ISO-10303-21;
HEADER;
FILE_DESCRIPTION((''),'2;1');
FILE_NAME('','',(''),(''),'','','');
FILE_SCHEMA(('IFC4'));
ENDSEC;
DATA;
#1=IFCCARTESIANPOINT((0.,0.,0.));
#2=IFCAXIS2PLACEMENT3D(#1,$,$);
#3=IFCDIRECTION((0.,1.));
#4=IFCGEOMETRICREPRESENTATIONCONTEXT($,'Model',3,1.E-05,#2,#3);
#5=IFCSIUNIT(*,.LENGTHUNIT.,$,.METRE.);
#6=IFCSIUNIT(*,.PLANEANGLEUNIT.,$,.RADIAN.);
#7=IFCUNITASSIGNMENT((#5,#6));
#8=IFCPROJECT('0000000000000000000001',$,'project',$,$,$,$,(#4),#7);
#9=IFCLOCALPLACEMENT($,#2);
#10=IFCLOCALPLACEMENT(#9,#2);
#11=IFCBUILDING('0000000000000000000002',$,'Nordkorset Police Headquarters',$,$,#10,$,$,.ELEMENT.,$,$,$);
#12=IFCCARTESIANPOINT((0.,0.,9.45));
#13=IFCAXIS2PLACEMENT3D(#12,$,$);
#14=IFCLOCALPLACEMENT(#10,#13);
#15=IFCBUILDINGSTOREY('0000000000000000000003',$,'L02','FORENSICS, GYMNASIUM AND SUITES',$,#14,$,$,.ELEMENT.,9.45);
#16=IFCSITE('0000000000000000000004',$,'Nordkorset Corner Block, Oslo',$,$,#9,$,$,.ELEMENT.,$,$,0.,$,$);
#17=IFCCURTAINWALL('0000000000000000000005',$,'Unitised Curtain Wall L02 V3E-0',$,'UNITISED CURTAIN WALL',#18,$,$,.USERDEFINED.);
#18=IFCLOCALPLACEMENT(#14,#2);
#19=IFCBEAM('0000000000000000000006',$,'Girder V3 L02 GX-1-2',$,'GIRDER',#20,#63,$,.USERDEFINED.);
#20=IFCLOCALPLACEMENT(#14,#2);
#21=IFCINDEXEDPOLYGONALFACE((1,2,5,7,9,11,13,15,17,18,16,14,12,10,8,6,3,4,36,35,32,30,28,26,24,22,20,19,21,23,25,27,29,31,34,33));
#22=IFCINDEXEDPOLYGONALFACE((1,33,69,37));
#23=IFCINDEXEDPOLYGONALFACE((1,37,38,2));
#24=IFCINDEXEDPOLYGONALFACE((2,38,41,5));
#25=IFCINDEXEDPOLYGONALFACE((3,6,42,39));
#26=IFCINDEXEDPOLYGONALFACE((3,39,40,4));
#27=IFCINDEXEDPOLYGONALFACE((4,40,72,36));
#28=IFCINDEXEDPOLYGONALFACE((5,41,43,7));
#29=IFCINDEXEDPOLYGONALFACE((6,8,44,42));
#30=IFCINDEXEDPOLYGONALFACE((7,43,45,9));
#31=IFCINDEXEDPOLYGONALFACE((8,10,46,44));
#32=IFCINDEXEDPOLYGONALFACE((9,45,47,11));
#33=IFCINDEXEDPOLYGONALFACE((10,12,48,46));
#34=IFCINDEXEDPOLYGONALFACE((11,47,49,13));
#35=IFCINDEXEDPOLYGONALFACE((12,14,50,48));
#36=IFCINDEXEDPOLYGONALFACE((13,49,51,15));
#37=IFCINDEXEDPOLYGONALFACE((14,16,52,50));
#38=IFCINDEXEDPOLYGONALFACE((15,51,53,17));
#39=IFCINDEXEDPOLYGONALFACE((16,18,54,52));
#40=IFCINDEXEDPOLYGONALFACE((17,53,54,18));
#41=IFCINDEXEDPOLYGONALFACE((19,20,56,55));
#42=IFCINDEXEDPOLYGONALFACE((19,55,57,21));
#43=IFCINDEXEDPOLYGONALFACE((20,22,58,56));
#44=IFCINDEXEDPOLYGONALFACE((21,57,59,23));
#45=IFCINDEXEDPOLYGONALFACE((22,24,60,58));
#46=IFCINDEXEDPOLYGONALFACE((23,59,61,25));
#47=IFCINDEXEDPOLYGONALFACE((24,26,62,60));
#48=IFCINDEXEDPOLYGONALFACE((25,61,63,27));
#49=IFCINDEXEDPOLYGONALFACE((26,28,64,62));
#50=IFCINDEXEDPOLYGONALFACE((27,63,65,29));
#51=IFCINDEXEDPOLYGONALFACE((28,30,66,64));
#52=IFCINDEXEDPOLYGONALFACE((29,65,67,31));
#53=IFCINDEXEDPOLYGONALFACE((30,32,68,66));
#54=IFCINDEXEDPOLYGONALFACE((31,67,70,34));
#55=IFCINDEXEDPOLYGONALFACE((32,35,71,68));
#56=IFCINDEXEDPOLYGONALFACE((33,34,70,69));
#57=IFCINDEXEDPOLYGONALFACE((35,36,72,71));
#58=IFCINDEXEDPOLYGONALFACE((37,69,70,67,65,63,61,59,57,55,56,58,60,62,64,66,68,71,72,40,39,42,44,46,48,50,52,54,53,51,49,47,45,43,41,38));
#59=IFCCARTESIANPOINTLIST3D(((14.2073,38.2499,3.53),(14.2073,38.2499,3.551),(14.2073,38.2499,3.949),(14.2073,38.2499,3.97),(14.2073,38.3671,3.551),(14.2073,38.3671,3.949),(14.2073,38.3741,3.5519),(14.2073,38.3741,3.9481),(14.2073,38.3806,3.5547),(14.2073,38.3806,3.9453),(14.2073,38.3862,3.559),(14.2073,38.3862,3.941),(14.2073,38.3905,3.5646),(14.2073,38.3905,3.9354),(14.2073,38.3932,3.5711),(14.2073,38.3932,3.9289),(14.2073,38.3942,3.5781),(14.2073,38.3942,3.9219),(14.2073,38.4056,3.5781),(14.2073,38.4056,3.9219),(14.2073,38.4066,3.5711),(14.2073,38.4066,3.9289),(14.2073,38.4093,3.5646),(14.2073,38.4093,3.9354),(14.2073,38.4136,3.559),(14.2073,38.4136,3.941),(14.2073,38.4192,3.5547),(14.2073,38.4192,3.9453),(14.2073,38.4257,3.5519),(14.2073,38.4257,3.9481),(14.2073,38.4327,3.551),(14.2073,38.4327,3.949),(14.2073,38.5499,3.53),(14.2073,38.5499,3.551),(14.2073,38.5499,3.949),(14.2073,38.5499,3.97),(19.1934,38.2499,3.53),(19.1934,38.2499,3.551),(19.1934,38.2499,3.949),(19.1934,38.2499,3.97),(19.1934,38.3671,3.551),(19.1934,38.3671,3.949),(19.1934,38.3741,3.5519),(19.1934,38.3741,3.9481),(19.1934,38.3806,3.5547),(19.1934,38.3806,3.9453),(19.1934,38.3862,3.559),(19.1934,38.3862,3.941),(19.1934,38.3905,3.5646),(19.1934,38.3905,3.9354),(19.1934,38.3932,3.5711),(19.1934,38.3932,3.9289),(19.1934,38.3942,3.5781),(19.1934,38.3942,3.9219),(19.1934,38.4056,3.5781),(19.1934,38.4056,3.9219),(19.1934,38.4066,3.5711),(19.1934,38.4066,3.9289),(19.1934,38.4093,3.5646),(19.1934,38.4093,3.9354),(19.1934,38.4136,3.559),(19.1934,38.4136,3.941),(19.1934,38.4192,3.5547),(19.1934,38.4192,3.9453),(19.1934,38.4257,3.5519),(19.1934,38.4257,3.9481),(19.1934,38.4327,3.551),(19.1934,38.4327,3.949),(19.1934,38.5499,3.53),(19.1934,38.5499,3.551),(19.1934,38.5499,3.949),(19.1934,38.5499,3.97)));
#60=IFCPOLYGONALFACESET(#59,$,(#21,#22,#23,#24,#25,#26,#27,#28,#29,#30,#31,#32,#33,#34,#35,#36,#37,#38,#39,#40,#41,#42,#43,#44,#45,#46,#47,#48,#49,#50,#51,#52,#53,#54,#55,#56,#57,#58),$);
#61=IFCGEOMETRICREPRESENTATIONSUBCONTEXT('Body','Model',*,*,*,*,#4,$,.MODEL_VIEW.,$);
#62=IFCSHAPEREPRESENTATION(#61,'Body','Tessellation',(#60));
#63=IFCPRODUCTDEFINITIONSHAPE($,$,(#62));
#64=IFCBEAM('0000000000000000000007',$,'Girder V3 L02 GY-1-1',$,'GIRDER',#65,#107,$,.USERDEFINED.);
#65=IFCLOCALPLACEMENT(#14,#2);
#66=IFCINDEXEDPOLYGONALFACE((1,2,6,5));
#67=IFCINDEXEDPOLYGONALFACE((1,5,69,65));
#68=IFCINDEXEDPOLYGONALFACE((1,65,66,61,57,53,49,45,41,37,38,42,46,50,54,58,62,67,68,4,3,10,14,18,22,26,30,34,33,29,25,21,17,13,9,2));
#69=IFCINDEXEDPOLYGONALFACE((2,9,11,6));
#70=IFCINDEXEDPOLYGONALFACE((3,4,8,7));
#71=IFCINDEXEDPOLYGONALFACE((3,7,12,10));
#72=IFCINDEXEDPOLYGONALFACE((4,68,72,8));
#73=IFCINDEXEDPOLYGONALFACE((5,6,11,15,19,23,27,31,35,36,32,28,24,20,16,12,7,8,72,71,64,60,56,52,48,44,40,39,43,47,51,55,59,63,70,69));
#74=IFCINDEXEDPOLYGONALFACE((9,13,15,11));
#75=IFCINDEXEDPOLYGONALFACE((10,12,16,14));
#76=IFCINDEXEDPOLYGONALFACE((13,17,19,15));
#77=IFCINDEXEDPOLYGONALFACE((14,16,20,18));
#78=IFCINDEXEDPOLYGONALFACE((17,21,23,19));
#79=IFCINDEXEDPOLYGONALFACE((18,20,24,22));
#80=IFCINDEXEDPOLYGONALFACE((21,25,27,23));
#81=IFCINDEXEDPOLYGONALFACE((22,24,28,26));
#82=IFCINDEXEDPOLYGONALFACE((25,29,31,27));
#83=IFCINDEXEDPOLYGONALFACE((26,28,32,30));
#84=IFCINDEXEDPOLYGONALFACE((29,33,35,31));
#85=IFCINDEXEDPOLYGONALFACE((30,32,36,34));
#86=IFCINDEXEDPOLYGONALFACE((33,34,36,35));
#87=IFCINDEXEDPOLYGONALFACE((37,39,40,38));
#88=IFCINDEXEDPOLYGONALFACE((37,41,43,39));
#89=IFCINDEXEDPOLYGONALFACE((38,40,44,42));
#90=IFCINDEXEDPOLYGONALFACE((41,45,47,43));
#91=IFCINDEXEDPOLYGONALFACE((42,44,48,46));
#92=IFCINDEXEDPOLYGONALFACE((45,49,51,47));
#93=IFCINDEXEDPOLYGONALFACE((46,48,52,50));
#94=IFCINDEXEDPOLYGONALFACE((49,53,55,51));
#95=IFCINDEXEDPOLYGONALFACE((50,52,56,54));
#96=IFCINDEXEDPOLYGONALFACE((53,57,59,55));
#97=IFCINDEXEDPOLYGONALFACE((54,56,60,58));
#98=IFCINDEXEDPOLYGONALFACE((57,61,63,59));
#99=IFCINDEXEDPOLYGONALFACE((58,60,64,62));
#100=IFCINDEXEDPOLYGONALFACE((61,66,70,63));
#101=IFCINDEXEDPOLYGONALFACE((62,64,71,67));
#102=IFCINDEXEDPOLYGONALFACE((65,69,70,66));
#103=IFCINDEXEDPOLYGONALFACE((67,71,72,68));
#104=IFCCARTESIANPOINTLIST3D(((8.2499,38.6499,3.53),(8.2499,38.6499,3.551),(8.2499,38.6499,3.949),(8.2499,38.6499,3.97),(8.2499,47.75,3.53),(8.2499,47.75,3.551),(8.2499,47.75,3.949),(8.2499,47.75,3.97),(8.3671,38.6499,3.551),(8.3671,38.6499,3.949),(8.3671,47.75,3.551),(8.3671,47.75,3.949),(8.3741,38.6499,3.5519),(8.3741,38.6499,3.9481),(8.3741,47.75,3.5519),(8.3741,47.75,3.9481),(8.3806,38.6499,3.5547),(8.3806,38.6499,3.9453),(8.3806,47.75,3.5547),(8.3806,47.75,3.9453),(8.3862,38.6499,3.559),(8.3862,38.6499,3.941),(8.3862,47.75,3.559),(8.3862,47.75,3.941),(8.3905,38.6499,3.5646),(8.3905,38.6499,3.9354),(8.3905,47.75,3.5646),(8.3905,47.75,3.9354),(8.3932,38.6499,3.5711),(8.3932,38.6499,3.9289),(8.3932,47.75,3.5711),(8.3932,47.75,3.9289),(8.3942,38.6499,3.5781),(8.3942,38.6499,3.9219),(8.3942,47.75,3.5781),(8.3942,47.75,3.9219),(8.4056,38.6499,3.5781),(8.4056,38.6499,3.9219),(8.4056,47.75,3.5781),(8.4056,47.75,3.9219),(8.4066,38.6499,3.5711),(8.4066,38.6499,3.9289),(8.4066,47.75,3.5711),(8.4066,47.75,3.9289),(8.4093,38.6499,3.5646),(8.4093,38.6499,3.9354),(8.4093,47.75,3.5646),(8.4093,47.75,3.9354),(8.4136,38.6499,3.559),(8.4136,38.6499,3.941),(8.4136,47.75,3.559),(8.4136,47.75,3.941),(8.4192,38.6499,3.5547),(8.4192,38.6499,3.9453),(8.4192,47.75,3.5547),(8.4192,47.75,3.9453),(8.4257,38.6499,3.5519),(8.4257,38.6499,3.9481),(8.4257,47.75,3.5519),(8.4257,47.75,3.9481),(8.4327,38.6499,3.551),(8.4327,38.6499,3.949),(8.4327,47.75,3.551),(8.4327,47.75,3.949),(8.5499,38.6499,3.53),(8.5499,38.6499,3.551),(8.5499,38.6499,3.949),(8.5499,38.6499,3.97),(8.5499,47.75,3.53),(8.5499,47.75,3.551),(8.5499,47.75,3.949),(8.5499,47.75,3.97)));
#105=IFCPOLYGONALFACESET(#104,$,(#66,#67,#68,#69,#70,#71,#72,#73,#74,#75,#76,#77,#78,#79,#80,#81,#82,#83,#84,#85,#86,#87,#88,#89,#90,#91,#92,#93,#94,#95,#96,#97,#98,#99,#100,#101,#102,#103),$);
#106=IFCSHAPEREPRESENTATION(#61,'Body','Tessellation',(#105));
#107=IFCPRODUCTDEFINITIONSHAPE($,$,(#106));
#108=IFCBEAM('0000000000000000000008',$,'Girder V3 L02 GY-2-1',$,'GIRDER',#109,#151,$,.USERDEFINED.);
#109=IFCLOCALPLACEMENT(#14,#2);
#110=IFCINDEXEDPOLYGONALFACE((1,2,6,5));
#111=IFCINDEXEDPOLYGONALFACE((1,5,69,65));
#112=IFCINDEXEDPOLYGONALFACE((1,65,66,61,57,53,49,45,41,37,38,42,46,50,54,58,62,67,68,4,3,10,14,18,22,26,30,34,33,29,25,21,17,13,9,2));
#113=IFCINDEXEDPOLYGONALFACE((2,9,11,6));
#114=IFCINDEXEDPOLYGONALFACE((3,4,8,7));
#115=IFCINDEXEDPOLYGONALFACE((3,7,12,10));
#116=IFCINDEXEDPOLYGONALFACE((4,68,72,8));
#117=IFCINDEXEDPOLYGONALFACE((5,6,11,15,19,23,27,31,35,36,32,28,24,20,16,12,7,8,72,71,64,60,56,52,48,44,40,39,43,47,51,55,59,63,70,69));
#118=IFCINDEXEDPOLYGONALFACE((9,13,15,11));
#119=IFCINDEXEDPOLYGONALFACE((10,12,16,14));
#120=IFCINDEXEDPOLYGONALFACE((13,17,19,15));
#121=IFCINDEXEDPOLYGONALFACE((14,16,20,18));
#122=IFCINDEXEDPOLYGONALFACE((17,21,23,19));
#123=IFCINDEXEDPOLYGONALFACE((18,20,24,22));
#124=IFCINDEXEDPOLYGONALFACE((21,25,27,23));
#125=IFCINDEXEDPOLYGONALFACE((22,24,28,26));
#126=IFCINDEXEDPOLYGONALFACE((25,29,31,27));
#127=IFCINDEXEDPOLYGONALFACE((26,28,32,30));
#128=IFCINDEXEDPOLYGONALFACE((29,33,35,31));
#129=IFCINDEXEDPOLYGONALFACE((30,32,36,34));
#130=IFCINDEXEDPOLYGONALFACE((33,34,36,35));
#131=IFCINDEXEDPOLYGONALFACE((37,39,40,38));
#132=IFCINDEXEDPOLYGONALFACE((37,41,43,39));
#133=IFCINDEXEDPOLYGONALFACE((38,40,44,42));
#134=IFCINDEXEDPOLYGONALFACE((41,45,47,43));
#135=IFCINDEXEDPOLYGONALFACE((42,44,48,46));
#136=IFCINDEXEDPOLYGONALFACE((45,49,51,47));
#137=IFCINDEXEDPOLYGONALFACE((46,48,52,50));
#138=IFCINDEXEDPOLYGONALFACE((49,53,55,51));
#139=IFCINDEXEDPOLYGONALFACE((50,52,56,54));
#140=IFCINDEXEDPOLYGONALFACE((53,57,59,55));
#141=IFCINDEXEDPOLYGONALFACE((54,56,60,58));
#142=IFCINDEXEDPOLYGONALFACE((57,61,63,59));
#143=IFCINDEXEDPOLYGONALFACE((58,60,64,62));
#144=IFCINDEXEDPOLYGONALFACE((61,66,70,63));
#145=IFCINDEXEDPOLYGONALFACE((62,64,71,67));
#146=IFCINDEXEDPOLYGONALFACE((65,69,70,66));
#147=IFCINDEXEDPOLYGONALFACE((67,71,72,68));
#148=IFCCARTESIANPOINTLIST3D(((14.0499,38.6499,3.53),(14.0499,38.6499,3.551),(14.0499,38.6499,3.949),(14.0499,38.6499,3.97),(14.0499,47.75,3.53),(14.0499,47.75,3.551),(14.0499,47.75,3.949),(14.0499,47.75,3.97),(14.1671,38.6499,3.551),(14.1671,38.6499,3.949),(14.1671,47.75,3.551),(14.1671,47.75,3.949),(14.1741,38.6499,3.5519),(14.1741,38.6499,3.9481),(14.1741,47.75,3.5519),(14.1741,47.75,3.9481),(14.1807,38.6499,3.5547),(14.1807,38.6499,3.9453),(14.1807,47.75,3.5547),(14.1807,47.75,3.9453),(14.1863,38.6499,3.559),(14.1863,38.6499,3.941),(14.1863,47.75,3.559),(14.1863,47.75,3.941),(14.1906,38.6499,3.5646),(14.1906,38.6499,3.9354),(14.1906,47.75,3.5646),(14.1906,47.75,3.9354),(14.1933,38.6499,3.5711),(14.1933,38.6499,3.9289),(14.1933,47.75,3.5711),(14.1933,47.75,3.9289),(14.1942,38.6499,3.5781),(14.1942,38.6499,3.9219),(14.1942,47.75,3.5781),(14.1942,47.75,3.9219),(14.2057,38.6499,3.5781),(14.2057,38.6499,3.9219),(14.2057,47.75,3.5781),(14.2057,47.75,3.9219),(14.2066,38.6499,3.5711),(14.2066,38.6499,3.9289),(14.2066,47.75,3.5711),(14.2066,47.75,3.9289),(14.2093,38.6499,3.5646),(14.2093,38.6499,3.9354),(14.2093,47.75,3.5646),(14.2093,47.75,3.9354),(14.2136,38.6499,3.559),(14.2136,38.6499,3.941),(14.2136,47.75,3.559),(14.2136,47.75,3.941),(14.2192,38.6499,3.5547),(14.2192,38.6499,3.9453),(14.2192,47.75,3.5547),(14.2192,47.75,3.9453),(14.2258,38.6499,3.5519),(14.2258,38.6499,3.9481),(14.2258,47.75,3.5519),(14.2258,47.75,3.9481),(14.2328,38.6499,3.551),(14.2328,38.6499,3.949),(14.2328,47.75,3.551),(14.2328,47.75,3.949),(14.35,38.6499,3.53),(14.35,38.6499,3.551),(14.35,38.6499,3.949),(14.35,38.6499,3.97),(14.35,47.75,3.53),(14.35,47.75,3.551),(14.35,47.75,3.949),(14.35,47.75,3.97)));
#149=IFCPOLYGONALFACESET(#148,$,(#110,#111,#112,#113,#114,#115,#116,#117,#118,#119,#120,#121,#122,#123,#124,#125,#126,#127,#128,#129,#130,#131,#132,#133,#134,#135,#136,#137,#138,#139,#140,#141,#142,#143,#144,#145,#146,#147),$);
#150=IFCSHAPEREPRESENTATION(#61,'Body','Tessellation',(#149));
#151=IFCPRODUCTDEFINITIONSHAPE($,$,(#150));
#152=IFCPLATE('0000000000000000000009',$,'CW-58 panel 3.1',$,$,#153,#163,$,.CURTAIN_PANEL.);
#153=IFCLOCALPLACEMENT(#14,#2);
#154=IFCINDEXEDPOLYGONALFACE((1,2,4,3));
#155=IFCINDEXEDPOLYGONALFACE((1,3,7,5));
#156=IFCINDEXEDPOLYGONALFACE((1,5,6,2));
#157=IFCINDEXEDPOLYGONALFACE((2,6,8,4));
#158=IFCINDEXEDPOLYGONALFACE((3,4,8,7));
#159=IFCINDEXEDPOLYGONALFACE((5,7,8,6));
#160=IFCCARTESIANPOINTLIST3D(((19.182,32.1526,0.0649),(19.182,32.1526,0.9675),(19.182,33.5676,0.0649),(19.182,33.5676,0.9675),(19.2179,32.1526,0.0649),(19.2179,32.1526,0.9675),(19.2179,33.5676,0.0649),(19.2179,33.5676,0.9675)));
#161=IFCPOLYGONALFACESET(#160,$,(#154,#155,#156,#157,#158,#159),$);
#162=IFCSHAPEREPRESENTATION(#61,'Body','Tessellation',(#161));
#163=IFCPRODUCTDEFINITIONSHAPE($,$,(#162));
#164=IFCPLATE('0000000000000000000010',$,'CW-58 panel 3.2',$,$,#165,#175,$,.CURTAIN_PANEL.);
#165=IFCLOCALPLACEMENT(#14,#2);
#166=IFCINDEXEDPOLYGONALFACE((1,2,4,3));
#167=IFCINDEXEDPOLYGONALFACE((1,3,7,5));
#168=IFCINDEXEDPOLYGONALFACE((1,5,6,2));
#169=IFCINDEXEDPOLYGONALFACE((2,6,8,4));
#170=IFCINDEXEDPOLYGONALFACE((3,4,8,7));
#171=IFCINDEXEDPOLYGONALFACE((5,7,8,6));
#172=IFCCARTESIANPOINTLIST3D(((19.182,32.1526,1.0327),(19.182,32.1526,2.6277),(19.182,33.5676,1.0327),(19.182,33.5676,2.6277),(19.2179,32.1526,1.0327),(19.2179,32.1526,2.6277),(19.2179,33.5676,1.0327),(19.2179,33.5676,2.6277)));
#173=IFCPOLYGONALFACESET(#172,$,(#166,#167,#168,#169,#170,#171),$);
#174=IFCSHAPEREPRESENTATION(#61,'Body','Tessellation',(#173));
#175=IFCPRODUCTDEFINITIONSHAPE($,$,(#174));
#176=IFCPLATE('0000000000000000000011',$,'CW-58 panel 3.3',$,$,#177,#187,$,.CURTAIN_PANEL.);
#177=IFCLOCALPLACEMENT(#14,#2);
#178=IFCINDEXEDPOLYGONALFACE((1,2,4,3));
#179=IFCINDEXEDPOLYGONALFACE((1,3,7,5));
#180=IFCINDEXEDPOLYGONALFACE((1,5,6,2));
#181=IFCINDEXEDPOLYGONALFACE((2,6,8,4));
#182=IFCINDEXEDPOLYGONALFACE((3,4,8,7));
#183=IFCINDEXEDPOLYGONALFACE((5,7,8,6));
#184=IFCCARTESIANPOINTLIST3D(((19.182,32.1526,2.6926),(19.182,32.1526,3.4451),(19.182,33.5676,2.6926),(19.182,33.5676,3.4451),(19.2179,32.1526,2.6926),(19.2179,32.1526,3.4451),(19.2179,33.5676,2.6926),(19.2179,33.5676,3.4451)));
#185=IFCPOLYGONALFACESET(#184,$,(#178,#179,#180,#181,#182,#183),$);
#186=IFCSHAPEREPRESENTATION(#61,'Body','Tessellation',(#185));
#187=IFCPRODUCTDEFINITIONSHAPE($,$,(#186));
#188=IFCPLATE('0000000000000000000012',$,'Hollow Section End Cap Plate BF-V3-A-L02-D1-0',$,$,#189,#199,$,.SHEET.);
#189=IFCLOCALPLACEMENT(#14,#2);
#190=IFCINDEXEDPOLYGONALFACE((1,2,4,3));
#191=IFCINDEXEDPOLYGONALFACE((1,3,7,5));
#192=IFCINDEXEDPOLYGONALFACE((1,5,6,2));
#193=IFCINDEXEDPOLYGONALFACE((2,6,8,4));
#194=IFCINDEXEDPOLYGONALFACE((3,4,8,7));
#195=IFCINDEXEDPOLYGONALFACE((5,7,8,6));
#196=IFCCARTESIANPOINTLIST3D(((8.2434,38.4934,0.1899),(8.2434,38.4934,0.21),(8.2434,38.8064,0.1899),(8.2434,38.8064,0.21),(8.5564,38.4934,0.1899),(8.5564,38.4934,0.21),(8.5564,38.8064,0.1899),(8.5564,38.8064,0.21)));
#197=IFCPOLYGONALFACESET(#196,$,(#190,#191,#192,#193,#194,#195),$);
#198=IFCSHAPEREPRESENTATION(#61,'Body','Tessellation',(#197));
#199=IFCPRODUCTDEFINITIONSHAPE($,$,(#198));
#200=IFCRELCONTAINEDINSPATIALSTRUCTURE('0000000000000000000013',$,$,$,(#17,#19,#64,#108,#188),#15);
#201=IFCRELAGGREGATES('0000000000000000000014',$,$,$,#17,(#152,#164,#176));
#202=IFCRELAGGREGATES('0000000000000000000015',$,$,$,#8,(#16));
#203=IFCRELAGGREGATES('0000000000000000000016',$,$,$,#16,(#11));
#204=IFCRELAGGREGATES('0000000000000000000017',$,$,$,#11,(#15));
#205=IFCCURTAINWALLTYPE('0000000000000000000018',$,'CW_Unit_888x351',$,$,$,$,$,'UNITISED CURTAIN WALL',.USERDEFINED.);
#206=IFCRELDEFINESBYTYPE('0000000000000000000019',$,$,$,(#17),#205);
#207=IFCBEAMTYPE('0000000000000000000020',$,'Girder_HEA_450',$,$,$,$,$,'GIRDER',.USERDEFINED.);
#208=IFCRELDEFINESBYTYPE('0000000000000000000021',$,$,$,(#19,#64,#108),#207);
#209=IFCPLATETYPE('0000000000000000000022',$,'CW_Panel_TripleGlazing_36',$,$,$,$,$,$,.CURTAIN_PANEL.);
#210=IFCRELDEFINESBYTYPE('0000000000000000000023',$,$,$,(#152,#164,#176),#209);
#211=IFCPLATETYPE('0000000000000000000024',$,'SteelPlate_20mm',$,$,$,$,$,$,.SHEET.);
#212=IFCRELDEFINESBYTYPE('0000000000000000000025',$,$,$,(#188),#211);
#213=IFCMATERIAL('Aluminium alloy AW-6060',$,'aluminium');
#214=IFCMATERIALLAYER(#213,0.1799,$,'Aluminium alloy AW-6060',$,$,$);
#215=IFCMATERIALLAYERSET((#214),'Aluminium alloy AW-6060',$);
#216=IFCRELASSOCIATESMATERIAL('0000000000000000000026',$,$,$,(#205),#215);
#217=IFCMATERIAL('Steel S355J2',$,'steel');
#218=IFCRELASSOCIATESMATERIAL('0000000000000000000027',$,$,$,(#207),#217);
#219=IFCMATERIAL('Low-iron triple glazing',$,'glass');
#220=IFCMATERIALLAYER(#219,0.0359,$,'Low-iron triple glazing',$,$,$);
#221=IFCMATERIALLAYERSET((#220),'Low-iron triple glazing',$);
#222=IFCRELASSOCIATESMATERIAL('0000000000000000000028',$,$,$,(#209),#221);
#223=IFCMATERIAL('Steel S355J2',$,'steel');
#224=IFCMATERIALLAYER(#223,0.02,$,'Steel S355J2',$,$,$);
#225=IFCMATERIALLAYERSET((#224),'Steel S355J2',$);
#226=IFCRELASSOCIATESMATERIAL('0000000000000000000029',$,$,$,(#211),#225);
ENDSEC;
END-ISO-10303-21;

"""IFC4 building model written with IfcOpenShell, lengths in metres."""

from ifc_helpers import new_model, si_unit, direction, frame, origin, origin_2d, place, context, subcontext, project, spatial, rectangle, i_section, extrude, material, layer, layer_set, material_profile, profile_set, type_object, element, aggregate, save


model = new_model("IFC4")

# Units and contexts
model_context = context("Model", 3, precision=1e-05, world=origin(), true_north=direction((0.0, 1.0)))
body_context = subcontext(model_context, "Body", "Model", "MODEL_VIEW")
ifc_project = project(units=[si_unit("LENGTHUNIT", "METRE"), si_unit("PLANEANGLEUNIT", "RADIAN")], contexts=[model_context])

# Site, building, storey
site_placement = place(None, origin())
site = spatial("IfcSite", under=ifc_project, at=site_placement, Name="Nordkorset Corner Block, Oslo", CompositionType="ELEMENT", RefElevation=0.0)
building_placement = place(site_placement, origin())
building = spatial("IfcBuilding", under=site, at=building_placement, Name="Nordkorset Police Headquarters", CompositionType="ELEMENT")
storey_placement = place(building_placement, frame((0.0, 0.0, 9.45)))
storey = spatial("IfcBuildingStorey", under=building, at=storey_placement, Name="L02", Description="FORENSICS, GYMNASIUM AND SUITES", CompositionType="ELEMENT", Elevation=9.45)

# Curtain wall
ifc_material_1 = material(Name="Aluminium alloy AW-6060", Category="aluminium")
ifc_layer_1 = layer(ifc_material_1, 0.1799, Name="Aluminium alloy AW-6060")
ifc_layer_set_1 = layer_set([ifc_layer_1], Name="Aluminium alloy AW-6060")
curtain_wall_type = type_object("IfcCurtainWallType", Name="CW_Unit_888x351", ElementType="UNITISED CURTAIN WALL", PredefinedType="USERDEFINED", material=ifc_layer_set_1)
curtain_wall_placement = place(storey_placement, origin())
curtain_wall = element("IfcCurtainWall", 1, at=curtain_wall_placement, inside=storey, type_object=curtain_wall_type, Name="Unitised Curtain Wall L02 V3E-0", ObjectType="UNITISED CURTAIN WALL", PredefinedType="USERDEFINED")

# Beams
ifc_material_2 = material(Name="Steel S355J2", Category="steel")
ifc_material_profile_1 = material_profile(ifc_material_2, i_section(OverallWidth=0.3, OverallDepth=0.4399, WebThickness=0.0115, FlangeThickness=0.021, FilletRadius=0.0271, at=origin_2d()), Name="HEA 450")
ifc_profile_set_1 = profile_set([ifc_material_profile_1], Name="Steel S355J2")
beam_type_1 = type_object("IfcBeamType", Name="Girder_HEA_450", ElementType="GIRDER", PredefinedType="USERDEFINED", material=ifc_profile_set_1)
beam_1_placement = place(storey_placement, frame((14.2073, 38.3999, 3.75), z_axis=(1.0, 0.0, 0.0), x_axis=(0.0, 1.0, 0.0)))
element("IfcBeam", 2, at=beam_1_placement, inside=storey, type_object=beam_type_1, Name="Girder V3 L02 GX-1-2", ObjectType="GIRDER", PredefinedType="USERDEFINED", context=body_context, shape_type="SweptSolid", body=[
    extrude(i_section(OverallWidth=0.3, OverallDepth=0.4399, WebThickness=0.0115, FlangeThickness=0.021, FilletRadius=0.0271, at=origin_2d()), origin(), (0.0, 0.0, 1.0), 4.9861),
])
for number, where, z_axis, x_axis, name in (
    (3, (8.3999, 38.6499, 3.75), (0.0, 1.0, 0.0), (-1.0, 0.0, 0.0), "Girder V3 L02 GY-1-1"),
    (4, (14.2, 38.6499, 3.75), (0.0, 1.0, 0.0), (-1.0, 0.0, 0.0), "Girder V3 L02 GY-2-1"),
):
    element("IfcBeam", number, at=place(storey_placement, frame(where, z_axis=z_axis, x_axis=x_axis)), inside=storey, type_object=beam_type_1, Name=name, ObjectType="GIRDER", PredefinedType="USERDEFINED", context=body_context, shape_type="SweptSolid", body=[
        extrude(i_section(OverallWidth=0.3, OverallDepth=0.4399, WebThickness=0.0115, FlangeThickness=0.021, FilletRadius=0.0271, at=origin_2d()), origin(), (0.0, 0.0, 1.0), 9.1001),
    ])

# Plates
ifc_material_3 = material(Name="Low-iron triple glazing", Category="glass")
ifc_layer_2 = layer(ifc_material_3, 0.0359, Name="Low-iron triple glazing")
ifc_layer_set_2 = layer_set([ifc_layer_2], Name="Low-iron triple glazing")
plate_type_1 = type_object("IfcPlateType", Name="CW_Panel_TripleGlazing_36", PredefinedType="CURTAIN_PANEL", material=ifc_layer_set_2)
plate_1_placement = place(storey_placement, frame((19.2, 32.8601, 0.0649), z_axis=(0.0, 0.0, 1.0), x_axis=(0.0, 1.0, 0.0)))
plate_1 = element("IfcPlate", 5, at=plate_1_placement, type_object=plate_type_1, Name="CW-58 panel 3.1", PredefinedType="CURTAIN_PANEL", context=body_context, shape_type="SweptSolid", body=[
    extrude(rectangle(XDim=1.415, YDim=0.0359, at=origin_2d()), origin(), (0.0, 0.0, 1.0), 0.9026),
])
plate_2_placement = place(storey_placement, frame((19.2, 32.8601, 1.0327), z_axis=(0.0, 0.0, 1.0), x_axis=(0.0, 1.0, 0.0)))
plate_2 = element("IfcPlate", 6, at=plate_2_placement, type_object=plate_type_1, Name="CW-58 panel 3.2", PredefinedType="CURTAIN_PANEL", context=body_context, shape_type="SweptSolid", body=[
    extrude(rectangle(XDim=1.415, YDim=0.0359, at=origin_2d()), origin(), (0.0, 0.0, 1.0), 1.595),
])
plate_3_placement = place(storey_placement, frame((19.2, 32.8601, 2.6926), z_axis=(0.0, 0.0, 1.0), x_axis=(0.0, 1.0, 0.0)))
plate_3 = element("IfcPlate", 7, at=plate_3_placement, type_object=plate_type_1, Name="CW-58 panel 3.3", PredefinedType="CURTAIN_PANEL", context=body_context, shape_type="SweptSolid", body=[
    extrude(rectangle(XDim=1.415, YDim=0.0359, at=origin_2d()), origin(), (0.0, 0.0, 1.0), 0.7524),
])
aggregate(curtain_wall, [plate_1, plate_2, plate_3])
ifc_material_4 = material(Name="Steel S355J2", Category="steel")
ifc_layer_3 = layer(ifc_material_4, 0.02, Name="Steel S355J2")
ifc_layer_set_3 = layer_set([ifc_layer_3], Name="Steel S355J2")
plate_type_2 = type_object("IfcPlateType", Name="SteelPlate_20mm", PredefinedType="SHEET", material=ifc_layer_set_3)
plate_4_placement = place(storey_placement, frame((8.3999, 38.6499, 0.1899), z_axis=(0.0, 0.0, 1.0), x_axis=(1.0, 0.0, 0.0)))
element("IfcPlate", 8, at=plate_4_placement, inside=storey, type_object=plate_type_2, Name="Hollow Section End Cap Plate BF-V3-A-L02-D1-0", PredefinedType="SHEET", context=body_context, shape_type="SweptSolid", body=[
    extrude(rectangle(XDim=0.313, YDim=0.313, at=origin_2d()), origin(), (0.0, 0.0, 1.0), 0.02),
])

save(model, "model.ifc")
